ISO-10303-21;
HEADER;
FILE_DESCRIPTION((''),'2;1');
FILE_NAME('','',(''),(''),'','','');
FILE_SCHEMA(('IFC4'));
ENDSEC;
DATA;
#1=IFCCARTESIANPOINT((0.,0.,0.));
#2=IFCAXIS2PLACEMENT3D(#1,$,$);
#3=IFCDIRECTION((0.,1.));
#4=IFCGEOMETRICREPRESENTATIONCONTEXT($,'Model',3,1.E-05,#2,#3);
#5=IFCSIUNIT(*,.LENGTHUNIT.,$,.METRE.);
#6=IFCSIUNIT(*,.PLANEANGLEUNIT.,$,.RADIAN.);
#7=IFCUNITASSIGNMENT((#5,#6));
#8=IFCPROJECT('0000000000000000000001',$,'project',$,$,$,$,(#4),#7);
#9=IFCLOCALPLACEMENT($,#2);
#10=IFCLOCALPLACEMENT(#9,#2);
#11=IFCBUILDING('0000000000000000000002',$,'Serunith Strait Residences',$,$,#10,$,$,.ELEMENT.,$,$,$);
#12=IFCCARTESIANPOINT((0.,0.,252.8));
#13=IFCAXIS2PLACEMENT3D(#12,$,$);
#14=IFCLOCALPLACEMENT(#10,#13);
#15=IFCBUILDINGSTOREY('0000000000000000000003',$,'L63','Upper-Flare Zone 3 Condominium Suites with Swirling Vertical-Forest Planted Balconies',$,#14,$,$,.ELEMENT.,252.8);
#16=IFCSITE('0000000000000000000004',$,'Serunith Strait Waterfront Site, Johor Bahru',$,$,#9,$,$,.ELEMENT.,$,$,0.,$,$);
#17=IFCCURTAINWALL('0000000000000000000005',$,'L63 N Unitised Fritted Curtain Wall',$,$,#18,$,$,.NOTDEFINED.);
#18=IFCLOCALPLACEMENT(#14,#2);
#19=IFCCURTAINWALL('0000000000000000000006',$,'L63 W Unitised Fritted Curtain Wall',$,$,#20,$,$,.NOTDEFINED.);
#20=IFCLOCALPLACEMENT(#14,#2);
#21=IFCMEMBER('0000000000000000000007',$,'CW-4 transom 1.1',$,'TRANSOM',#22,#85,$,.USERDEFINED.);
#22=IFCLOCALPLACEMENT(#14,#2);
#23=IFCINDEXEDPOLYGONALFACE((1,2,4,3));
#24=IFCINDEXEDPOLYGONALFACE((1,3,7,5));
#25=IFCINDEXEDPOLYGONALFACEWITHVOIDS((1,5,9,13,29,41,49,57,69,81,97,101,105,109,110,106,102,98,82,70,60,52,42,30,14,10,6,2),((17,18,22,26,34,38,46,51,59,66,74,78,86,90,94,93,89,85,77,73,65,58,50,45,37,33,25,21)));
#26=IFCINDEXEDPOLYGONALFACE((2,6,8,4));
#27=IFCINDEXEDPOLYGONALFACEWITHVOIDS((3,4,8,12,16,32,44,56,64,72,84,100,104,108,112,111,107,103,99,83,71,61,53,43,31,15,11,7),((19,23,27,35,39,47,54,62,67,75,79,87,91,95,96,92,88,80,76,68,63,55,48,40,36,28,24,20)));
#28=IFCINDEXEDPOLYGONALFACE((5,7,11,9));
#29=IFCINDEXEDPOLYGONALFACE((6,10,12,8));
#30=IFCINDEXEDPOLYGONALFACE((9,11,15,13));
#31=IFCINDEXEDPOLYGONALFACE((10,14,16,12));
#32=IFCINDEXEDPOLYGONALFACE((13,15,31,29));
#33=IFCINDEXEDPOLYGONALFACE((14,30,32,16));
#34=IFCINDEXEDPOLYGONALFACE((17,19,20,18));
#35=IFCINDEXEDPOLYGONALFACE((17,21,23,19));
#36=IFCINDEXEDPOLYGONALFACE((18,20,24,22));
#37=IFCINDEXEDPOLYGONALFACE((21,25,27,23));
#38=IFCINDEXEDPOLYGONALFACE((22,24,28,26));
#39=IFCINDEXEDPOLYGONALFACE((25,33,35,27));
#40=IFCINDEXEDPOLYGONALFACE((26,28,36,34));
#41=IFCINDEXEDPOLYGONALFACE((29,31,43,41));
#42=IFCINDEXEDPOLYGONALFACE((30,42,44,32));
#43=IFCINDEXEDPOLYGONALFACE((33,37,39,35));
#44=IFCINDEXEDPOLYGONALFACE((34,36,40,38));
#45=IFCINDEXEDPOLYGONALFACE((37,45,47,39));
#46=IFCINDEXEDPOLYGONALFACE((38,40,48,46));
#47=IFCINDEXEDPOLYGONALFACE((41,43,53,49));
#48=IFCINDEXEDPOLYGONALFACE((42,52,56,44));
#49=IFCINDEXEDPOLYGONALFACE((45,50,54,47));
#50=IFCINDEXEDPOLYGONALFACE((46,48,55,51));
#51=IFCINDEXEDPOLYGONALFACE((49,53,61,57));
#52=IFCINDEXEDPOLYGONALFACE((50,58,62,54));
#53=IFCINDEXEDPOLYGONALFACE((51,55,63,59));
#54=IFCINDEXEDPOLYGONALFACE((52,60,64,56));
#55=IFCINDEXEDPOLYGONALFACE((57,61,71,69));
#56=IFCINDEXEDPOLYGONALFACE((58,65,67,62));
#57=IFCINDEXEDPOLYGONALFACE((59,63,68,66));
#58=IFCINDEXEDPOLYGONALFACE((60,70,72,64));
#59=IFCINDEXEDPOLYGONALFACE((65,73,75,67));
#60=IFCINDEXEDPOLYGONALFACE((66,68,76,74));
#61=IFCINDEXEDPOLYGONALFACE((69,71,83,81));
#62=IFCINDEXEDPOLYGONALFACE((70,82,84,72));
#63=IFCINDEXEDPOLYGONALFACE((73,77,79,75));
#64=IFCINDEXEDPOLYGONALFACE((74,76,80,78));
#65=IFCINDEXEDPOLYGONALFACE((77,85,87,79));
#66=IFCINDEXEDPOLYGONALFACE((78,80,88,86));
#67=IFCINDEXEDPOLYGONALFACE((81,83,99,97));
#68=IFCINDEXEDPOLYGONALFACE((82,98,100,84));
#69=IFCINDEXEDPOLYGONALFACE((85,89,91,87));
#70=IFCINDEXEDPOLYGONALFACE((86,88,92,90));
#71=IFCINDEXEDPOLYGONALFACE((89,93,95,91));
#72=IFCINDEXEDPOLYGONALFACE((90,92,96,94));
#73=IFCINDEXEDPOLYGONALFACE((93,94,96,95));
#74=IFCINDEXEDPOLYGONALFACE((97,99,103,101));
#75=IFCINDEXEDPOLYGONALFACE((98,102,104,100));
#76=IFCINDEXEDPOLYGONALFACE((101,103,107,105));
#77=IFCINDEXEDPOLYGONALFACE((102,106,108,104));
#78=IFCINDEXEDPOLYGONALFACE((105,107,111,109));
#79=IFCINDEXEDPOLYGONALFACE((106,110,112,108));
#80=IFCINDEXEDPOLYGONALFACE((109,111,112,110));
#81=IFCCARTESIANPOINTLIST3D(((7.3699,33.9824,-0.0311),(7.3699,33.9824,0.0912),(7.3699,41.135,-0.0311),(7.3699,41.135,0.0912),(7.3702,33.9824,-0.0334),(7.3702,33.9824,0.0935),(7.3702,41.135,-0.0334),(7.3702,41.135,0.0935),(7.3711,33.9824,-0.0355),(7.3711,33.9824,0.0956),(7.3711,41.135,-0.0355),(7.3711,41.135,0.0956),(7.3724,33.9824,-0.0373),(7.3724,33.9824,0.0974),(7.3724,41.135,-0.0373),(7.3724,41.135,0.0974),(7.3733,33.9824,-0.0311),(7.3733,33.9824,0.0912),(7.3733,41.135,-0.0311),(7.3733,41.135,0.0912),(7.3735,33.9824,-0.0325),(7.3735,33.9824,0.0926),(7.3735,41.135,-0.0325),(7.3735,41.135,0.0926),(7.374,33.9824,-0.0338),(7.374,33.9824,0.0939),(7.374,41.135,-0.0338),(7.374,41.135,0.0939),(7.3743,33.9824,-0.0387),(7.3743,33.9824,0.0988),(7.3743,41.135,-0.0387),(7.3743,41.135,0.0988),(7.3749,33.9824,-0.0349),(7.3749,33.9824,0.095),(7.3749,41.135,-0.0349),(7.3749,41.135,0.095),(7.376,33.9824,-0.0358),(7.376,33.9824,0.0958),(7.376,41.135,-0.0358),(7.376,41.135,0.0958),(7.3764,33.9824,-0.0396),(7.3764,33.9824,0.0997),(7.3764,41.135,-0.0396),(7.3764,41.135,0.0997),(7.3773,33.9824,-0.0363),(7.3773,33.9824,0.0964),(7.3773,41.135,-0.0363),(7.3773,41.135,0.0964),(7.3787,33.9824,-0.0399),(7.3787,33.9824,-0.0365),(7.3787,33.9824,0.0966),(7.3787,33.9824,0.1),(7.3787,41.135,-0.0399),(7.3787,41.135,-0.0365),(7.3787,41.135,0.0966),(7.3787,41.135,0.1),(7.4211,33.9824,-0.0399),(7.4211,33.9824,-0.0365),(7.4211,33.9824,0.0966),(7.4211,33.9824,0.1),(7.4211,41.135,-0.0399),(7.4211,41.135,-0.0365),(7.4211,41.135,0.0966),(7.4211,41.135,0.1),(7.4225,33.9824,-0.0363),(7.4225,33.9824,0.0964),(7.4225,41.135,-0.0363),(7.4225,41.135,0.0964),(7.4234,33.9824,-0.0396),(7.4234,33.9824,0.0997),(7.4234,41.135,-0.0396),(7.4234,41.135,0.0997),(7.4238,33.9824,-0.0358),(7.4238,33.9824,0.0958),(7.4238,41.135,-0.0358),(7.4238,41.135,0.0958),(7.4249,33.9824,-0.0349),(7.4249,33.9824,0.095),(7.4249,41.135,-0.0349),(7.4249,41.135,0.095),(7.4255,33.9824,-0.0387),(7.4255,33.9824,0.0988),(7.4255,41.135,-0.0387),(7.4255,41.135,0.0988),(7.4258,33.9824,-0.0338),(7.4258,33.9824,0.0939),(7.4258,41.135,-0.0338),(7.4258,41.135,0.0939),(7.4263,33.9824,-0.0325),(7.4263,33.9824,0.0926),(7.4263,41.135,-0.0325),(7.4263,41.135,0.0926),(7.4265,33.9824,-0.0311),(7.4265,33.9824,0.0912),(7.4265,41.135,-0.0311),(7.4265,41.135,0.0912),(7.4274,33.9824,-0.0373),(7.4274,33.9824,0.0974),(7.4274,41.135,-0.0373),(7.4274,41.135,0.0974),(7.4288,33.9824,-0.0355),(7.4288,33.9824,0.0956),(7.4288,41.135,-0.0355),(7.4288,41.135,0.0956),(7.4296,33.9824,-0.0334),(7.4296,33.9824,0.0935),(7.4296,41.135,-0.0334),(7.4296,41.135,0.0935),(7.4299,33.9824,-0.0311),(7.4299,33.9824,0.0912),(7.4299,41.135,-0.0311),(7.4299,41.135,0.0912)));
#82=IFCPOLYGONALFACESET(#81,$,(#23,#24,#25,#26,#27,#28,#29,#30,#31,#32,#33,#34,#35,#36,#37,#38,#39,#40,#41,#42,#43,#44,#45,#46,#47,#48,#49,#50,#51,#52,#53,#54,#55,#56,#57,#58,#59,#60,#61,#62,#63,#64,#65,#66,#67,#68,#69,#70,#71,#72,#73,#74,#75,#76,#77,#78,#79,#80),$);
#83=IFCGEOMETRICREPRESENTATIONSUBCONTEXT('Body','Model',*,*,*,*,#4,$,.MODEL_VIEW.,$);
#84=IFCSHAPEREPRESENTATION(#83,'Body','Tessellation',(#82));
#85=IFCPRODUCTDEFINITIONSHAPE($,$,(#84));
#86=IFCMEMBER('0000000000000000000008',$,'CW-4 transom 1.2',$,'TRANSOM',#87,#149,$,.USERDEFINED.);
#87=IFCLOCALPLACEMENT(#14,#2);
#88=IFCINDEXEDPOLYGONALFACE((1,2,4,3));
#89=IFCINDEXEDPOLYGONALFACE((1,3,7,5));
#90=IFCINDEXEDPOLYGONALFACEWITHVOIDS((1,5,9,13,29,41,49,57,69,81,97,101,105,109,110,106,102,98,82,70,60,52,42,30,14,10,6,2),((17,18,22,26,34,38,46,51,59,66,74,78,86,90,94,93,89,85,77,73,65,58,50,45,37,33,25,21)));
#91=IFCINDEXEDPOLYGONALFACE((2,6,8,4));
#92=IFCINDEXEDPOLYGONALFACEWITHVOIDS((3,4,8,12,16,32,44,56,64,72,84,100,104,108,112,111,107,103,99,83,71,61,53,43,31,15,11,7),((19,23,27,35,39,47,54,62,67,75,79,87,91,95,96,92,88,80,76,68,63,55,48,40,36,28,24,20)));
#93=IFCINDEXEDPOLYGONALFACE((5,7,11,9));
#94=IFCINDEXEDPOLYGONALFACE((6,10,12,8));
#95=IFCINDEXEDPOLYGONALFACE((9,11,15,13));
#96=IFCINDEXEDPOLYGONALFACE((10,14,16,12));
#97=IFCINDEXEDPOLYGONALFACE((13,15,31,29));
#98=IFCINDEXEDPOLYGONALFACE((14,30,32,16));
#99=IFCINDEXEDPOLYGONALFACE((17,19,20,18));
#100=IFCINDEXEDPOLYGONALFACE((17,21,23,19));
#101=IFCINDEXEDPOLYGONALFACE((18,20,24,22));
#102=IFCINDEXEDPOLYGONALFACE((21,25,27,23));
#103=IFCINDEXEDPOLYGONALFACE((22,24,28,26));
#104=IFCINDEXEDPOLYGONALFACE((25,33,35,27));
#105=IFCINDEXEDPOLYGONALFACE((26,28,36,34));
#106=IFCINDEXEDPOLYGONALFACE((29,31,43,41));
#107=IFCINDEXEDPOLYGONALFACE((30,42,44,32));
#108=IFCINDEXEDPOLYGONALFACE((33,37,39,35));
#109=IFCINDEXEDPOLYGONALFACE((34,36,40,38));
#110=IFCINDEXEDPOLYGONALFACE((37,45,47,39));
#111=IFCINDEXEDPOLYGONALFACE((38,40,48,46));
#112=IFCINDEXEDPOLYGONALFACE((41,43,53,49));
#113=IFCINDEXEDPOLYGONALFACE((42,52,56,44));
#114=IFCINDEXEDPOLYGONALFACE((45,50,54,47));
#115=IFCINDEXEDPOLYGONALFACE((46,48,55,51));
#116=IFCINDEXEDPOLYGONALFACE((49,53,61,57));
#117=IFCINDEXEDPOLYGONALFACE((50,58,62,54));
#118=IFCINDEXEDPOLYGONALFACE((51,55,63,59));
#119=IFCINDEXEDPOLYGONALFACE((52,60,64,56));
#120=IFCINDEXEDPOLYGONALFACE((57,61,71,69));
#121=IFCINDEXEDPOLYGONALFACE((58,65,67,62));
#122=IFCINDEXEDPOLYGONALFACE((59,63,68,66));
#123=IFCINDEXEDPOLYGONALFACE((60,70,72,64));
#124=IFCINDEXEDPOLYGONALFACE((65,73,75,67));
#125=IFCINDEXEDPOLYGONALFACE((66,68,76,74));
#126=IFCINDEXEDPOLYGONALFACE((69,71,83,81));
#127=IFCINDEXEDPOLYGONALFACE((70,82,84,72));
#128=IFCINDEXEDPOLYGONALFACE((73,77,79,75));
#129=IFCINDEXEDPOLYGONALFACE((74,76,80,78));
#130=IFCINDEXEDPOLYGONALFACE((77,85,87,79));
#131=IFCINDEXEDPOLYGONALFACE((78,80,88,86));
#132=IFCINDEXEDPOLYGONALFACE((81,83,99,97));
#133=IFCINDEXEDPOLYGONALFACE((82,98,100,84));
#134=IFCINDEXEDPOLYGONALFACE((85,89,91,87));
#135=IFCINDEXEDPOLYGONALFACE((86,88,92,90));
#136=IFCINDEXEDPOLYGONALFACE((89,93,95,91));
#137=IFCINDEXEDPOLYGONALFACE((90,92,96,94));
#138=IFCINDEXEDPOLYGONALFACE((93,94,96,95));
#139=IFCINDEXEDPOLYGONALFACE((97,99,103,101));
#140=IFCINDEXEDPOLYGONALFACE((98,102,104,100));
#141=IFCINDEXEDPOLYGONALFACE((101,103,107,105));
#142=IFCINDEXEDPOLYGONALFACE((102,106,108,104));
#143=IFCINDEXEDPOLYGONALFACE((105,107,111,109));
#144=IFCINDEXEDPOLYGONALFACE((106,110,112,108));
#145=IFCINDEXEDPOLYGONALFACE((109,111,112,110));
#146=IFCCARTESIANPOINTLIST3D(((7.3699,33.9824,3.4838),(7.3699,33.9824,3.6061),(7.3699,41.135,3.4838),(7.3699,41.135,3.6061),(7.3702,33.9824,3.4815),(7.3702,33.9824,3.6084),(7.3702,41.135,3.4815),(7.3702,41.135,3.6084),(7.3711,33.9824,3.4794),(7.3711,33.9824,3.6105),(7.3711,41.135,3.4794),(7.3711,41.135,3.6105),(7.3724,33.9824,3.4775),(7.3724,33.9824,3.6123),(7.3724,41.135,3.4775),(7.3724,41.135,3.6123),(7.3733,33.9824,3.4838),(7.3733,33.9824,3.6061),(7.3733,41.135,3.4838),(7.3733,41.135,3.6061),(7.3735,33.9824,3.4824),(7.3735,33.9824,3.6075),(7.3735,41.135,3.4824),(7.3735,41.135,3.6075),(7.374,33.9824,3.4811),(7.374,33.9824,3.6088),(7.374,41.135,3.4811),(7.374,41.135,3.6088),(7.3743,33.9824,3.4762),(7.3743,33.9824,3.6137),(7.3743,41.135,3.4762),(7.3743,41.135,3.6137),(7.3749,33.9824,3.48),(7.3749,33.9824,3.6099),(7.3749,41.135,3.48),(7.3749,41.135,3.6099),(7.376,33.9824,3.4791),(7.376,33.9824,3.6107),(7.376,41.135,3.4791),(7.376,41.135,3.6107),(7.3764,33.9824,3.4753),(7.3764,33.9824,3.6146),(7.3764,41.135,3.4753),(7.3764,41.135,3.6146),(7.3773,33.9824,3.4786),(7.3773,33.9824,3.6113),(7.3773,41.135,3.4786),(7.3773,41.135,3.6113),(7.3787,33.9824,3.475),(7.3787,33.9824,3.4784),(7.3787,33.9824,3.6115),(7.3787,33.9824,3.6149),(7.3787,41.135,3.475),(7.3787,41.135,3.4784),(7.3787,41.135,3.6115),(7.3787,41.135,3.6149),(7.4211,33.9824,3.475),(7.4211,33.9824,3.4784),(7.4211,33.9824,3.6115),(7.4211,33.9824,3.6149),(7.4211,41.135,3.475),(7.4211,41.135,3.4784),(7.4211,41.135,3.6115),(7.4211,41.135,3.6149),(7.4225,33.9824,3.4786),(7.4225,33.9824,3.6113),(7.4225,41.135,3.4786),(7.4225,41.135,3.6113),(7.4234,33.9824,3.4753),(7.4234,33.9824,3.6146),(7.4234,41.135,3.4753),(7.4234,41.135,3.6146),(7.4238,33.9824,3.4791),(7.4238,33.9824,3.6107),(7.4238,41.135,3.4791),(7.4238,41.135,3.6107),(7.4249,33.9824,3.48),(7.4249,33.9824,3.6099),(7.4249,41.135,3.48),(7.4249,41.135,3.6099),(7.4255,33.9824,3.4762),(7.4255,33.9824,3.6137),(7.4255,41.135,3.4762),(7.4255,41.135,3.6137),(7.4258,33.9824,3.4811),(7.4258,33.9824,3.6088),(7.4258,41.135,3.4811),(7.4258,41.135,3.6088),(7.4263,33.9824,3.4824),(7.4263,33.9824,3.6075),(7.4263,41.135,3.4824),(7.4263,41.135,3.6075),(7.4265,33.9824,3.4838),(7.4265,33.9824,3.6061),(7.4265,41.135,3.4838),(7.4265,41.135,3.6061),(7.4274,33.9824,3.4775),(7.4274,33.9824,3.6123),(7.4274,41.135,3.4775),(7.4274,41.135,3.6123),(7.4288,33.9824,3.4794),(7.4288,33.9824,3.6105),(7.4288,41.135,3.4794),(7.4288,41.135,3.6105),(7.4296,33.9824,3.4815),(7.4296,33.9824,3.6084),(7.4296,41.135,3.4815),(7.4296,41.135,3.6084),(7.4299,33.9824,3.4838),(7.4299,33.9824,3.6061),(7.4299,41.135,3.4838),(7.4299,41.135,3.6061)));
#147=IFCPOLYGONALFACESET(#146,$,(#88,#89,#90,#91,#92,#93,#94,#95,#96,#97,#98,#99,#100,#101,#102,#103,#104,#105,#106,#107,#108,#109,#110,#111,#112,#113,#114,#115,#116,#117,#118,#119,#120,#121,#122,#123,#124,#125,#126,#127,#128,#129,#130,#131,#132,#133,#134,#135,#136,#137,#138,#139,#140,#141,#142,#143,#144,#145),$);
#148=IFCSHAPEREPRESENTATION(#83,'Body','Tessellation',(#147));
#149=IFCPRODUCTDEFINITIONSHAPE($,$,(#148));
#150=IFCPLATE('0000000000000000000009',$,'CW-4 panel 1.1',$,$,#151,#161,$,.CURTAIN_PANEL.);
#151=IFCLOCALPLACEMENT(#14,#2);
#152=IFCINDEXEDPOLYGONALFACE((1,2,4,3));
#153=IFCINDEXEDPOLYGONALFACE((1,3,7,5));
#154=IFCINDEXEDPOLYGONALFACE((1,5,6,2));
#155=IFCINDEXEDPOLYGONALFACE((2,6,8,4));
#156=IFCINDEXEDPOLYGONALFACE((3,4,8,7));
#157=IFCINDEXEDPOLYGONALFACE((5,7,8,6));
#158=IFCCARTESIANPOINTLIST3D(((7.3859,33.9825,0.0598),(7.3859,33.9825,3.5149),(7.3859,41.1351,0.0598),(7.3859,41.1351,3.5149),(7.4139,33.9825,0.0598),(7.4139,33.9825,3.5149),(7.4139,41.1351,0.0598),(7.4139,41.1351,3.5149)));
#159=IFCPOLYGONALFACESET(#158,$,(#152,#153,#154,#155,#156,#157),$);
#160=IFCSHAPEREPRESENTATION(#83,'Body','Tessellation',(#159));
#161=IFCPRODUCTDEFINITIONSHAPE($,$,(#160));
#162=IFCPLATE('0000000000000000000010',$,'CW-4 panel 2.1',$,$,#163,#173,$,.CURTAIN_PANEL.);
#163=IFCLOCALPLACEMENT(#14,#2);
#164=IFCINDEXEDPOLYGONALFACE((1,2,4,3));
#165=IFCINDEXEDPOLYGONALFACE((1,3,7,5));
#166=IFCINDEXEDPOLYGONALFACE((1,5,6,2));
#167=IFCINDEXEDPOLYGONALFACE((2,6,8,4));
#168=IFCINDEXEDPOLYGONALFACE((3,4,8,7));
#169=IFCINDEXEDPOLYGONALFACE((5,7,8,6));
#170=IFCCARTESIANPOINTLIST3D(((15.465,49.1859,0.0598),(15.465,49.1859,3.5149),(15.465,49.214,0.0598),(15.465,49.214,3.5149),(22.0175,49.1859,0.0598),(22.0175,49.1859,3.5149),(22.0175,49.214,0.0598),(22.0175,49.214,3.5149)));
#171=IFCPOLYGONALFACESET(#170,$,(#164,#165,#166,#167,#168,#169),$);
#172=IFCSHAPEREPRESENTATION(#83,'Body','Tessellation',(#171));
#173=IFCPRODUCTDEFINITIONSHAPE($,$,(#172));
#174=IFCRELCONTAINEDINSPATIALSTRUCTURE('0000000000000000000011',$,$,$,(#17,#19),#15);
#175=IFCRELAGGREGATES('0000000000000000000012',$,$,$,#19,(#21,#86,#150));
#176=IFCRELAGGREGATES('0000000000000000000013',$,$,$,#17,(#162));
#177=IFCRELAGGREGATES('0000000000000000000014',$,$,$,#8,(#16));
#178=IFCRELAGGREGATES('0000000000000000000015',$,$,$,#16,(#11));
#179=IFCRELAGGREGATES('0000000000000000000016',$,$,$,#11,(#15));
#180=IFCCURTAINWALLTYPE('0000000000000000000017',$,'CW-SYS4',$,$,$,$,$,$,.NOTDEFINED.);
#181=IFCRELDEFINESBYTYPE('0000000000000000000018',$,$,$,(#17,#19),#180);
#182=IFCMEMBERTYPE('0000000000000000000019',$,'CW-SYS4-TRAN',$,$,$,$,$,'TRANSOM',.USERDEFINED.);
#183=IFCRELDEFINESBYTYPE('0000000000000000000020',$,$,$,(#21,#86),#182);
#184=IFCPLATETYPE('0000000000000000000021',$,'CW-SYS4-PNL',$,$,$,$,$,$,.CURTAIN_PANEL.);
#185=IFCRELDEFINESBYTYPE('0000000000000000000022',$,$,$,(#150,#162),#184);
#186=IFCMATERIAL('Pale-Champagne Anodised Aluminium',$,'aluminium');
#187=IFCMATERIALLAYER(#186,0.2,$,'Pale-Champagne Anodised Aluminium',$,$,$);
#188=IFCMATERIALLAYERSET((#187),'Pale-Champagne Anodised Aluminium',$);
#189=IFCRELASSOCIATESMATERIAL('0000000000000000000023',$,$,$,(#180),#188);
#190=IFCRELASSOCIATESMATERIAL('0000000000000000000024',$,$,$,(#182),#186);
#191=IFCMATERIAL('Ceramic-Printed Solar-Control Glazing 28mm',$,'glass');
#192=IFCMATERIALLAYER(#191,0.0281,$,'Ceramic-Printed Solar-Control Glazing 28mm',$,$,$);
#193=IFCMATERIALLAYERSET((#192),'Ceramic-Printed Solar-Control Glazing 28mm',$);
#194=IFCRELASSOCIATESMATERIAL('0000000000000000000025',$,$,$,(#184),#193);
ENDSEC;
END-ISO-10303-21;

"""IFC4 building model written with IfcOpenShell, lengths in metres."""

from ifc_helpers import new_model, si_unit, direction, frame, origin, origin_2d, place, context, subcontext, project, spatial, rectangle, hollow_rectangle, extrude, source, transform, mapped, material, layer, layer_set, material_profile, profile_set, type_object, element, aggregate, save


model = new_model("IFC4")

# Units and contexts
model_context = context("Model", 3, precision=1e-05, world=origin(), true_north=direction((0.0, 1.0)))
body_context = subcontext(model_context, "Body", "Model", "MODEL_VIEW")
ifc_project = project(units=[si_unit("LENGTHUNIT", "METRE"), si_unit("PLANEANGLEUNIT", "RADIAN")], contexts=[model_context])

# Site, building, storey
site_placement = place(None, origin())
site = spatial("IfcSite", under=ifc_project, at=site_placement, Name="Serunith Strait Waterfront Site, Johor Bahru", CompositionType="ELEMENT", RefElevation=0.0)
building_placement = place(site_placement, origin())
building = spatial("IfcBuilding", under=site, at=building_placement, Name="Serunith Strait Residences", CompositionType="ELEMENT")
storey_placement = place(building_placement, frame((0.0, 0.0, 252.8)))
storey = spatial("IfcBuildingStorey", under=building, at=storey_placement, Name="L63", Description="Upper-Flare Zone 3 Condominium Suites with Swirling Vertical-Forest Planted Balconies", CompositionType="ELEMENT", Elevation=252.8)

# Curtain wall
ifc_material_1 = material(Name="Pale-Champagne Anodised Aluminium", Category="aluminium")
ifc_layer_1 = layer(ifc_material_1, 0.2, Name="Pale-Champagne Anodised Aluminium")
ifc_layer_set_1 = layer_set([ifc_layer_1], Name="Pale-Champagne Anodised Aluminium")
curtain_wall_type = type_object("IfcCurtainWallType", Name="CW-SYS4", PredefinedType="NOTDEFINED", material=ifc_layer_set_1)
curtain_wall_1_placement = place(storey_placement, origin())
curtain_wall_1 = element("IfcCurtainWall", 1, at=curtain_wall_1_placement, inside=storey, type_object=curtain_wall_type, Name="L63 N Unitised Fritted Curtain Wall", PredefinedType="NOTDEFINED")

# Curtain wall, members, plate
curtain_wall_2_placement = place(storey_placement, origin())
curtain_wall_2 = element("IfcCurtainWall", 2, at=curtain_wall_2_placement, inside=storey, type_object=curtain_wall_type, Name="L63 W Unitised Fritted Curtain Wall", PredefinedType="NOTDEFINED")
ifc_material_profile_1 = material_profile(ifc_material_1, hollow_rectangle(XDim=0.0601, YDim=0.1399, WallThickness=0.0034, InnerFilletRadius=0.0054, OuterFilletRadius=0.0088, at=origin_2d()), Name="ALU 140x60x3.5")
ifc_profile_set_1 = profile_set([ifc_material_profile_1], Name="Pale-Champagne Anodised Aluminium")
member_type_1 = type_object("IfcMemberType", Name="CW-SYS4-TRAN", ElementType="TRANSOM", PredefinedType="USERDEFINED", material=ifc_profile_set_1)
shared_shape_1 = source(origin(), body_context, "Body", "SweptSolid", [
    extrude(hollow_rectangle(XDim=0.0601, YDim=0.1399, WallThickness=0.0034, InnerFilletRadius=0.0054, OuterFilletRadius=0.0088, at=origin_2d()), origin(), (0.0, 0.0, 1.0), 7.1526),
])
member_1_placement = place(storey_placement, frame((7.3999, 41.135, 0.03), z_axis=(0.0, -1.0, 0.0), x_axis=(1.0, 0.0, 0.0)))
member_1 = element("IfcMember", 3, at=member_1_placement, type_object=member_type_1, Name="CW-4 transom 1.1", ObjectType="TRANSOM", PredefinedType="USERDEFINED", context=body_context, shape_type="MappedRepresentation", body=[
    mapped(shared_shape_1, transform((0.0, 0.0, 0.0), scale=1.0)),
])
member_2_placement = place(storey_placement, frame((7.3999, 41.135, 3.5449), z_axis=(0.0, -1.0, 0.0), x_axis=(1.0, 0.0, 0.0)))
member_2 = element("IfcMember", 4, at=member_2_placement, type_object=member_type_1, Name="CW-4 transom 1.2", ObjectType="TRANSOM", PredefinedType="USERDEFINED", context=body_context, shape_type="MappedRepresentation", body=[
    mapped(shared_shape_1, transform((0.0, 0.0, 0.0), scale=1.0)),
])
ifc_material_2 = material(Name="Ceramic-Printed Solar-Control Glazing 28mm", Category="glass")
ifc_layer_2 = layer(ifc_material_2, 0.0281, Name="Ceramic-Printed Solar-Control Glazing 28mm")
ifc_layer_set_2 = layer_set([ifc_layer_2], Name="Ceramic-Printed Solar-Control Glazing 28mm")
plate_type = type_object("IfcPlateType", Name="CW-SYS4-PNL", PredefinedType="CURTAIN_PANEL", material=ifc_layer_set_2)
shared_shape_2 = source(origin(), body_context, "Body", "SweptSolid", [
    extrude(rectangle(XDim=7.1526, YDim=0.0281, at=origin_2d()), origin(), (0.0, 0.0, 1.0), 3.4551),
])
plate_1_placement = place(storey_placement, frame((7.3999, 37.5588, 0.0598), z_axis=(0.0, 0.0, 1.0), x_axis=(0.0, -1.0, 0.0)))
plate_1 = element("IfcPlate", 5, at=plate_1_placement, type_object=plate_type, Name="CW-4 panel 1.1", PredefinedType="CURTAIN_PANEL", context=body_context, shape_type="MappedRepresentation", body=[
    mapped(shared_shape_2, transform((0.0, 0.0, 0.0), scale=1.0)),
])
aggregate(curtain_wall_2, [member_1, member_2, plate_1])

# Plate
shared_shape_3 = source(origin(), body_context, "Body", "SweptSolid", [
    extrude(rectangle(XDim=6.5525, YDim=0.0281, at=origin_2d()), origin(), (0.0, 0.0, 1.0), 3.4551),
])
plate_2_placement = place(storey_placement, frame((18.7412, 49.2, 0.0598), z_axis=(0.0, 0.0, 1.0), x_axis=(-1.0, 0.0, 0.0)))
plate_2 = element("IfcPlate", 6, at=plate_2_placement, type_object=plate_type, Name="CW-4 panel 2.1", PredefinedType="CURTAIN_PANEL", context=body_context, shape_type="MappedRepresentation", body=[
    mapped(shared_shape_3, transform((0.0, 0.0, 0.0), scale=1.0)),
])
aggregate(curtain_wall_1, [plate_2])

save(model, "model.ifc")
